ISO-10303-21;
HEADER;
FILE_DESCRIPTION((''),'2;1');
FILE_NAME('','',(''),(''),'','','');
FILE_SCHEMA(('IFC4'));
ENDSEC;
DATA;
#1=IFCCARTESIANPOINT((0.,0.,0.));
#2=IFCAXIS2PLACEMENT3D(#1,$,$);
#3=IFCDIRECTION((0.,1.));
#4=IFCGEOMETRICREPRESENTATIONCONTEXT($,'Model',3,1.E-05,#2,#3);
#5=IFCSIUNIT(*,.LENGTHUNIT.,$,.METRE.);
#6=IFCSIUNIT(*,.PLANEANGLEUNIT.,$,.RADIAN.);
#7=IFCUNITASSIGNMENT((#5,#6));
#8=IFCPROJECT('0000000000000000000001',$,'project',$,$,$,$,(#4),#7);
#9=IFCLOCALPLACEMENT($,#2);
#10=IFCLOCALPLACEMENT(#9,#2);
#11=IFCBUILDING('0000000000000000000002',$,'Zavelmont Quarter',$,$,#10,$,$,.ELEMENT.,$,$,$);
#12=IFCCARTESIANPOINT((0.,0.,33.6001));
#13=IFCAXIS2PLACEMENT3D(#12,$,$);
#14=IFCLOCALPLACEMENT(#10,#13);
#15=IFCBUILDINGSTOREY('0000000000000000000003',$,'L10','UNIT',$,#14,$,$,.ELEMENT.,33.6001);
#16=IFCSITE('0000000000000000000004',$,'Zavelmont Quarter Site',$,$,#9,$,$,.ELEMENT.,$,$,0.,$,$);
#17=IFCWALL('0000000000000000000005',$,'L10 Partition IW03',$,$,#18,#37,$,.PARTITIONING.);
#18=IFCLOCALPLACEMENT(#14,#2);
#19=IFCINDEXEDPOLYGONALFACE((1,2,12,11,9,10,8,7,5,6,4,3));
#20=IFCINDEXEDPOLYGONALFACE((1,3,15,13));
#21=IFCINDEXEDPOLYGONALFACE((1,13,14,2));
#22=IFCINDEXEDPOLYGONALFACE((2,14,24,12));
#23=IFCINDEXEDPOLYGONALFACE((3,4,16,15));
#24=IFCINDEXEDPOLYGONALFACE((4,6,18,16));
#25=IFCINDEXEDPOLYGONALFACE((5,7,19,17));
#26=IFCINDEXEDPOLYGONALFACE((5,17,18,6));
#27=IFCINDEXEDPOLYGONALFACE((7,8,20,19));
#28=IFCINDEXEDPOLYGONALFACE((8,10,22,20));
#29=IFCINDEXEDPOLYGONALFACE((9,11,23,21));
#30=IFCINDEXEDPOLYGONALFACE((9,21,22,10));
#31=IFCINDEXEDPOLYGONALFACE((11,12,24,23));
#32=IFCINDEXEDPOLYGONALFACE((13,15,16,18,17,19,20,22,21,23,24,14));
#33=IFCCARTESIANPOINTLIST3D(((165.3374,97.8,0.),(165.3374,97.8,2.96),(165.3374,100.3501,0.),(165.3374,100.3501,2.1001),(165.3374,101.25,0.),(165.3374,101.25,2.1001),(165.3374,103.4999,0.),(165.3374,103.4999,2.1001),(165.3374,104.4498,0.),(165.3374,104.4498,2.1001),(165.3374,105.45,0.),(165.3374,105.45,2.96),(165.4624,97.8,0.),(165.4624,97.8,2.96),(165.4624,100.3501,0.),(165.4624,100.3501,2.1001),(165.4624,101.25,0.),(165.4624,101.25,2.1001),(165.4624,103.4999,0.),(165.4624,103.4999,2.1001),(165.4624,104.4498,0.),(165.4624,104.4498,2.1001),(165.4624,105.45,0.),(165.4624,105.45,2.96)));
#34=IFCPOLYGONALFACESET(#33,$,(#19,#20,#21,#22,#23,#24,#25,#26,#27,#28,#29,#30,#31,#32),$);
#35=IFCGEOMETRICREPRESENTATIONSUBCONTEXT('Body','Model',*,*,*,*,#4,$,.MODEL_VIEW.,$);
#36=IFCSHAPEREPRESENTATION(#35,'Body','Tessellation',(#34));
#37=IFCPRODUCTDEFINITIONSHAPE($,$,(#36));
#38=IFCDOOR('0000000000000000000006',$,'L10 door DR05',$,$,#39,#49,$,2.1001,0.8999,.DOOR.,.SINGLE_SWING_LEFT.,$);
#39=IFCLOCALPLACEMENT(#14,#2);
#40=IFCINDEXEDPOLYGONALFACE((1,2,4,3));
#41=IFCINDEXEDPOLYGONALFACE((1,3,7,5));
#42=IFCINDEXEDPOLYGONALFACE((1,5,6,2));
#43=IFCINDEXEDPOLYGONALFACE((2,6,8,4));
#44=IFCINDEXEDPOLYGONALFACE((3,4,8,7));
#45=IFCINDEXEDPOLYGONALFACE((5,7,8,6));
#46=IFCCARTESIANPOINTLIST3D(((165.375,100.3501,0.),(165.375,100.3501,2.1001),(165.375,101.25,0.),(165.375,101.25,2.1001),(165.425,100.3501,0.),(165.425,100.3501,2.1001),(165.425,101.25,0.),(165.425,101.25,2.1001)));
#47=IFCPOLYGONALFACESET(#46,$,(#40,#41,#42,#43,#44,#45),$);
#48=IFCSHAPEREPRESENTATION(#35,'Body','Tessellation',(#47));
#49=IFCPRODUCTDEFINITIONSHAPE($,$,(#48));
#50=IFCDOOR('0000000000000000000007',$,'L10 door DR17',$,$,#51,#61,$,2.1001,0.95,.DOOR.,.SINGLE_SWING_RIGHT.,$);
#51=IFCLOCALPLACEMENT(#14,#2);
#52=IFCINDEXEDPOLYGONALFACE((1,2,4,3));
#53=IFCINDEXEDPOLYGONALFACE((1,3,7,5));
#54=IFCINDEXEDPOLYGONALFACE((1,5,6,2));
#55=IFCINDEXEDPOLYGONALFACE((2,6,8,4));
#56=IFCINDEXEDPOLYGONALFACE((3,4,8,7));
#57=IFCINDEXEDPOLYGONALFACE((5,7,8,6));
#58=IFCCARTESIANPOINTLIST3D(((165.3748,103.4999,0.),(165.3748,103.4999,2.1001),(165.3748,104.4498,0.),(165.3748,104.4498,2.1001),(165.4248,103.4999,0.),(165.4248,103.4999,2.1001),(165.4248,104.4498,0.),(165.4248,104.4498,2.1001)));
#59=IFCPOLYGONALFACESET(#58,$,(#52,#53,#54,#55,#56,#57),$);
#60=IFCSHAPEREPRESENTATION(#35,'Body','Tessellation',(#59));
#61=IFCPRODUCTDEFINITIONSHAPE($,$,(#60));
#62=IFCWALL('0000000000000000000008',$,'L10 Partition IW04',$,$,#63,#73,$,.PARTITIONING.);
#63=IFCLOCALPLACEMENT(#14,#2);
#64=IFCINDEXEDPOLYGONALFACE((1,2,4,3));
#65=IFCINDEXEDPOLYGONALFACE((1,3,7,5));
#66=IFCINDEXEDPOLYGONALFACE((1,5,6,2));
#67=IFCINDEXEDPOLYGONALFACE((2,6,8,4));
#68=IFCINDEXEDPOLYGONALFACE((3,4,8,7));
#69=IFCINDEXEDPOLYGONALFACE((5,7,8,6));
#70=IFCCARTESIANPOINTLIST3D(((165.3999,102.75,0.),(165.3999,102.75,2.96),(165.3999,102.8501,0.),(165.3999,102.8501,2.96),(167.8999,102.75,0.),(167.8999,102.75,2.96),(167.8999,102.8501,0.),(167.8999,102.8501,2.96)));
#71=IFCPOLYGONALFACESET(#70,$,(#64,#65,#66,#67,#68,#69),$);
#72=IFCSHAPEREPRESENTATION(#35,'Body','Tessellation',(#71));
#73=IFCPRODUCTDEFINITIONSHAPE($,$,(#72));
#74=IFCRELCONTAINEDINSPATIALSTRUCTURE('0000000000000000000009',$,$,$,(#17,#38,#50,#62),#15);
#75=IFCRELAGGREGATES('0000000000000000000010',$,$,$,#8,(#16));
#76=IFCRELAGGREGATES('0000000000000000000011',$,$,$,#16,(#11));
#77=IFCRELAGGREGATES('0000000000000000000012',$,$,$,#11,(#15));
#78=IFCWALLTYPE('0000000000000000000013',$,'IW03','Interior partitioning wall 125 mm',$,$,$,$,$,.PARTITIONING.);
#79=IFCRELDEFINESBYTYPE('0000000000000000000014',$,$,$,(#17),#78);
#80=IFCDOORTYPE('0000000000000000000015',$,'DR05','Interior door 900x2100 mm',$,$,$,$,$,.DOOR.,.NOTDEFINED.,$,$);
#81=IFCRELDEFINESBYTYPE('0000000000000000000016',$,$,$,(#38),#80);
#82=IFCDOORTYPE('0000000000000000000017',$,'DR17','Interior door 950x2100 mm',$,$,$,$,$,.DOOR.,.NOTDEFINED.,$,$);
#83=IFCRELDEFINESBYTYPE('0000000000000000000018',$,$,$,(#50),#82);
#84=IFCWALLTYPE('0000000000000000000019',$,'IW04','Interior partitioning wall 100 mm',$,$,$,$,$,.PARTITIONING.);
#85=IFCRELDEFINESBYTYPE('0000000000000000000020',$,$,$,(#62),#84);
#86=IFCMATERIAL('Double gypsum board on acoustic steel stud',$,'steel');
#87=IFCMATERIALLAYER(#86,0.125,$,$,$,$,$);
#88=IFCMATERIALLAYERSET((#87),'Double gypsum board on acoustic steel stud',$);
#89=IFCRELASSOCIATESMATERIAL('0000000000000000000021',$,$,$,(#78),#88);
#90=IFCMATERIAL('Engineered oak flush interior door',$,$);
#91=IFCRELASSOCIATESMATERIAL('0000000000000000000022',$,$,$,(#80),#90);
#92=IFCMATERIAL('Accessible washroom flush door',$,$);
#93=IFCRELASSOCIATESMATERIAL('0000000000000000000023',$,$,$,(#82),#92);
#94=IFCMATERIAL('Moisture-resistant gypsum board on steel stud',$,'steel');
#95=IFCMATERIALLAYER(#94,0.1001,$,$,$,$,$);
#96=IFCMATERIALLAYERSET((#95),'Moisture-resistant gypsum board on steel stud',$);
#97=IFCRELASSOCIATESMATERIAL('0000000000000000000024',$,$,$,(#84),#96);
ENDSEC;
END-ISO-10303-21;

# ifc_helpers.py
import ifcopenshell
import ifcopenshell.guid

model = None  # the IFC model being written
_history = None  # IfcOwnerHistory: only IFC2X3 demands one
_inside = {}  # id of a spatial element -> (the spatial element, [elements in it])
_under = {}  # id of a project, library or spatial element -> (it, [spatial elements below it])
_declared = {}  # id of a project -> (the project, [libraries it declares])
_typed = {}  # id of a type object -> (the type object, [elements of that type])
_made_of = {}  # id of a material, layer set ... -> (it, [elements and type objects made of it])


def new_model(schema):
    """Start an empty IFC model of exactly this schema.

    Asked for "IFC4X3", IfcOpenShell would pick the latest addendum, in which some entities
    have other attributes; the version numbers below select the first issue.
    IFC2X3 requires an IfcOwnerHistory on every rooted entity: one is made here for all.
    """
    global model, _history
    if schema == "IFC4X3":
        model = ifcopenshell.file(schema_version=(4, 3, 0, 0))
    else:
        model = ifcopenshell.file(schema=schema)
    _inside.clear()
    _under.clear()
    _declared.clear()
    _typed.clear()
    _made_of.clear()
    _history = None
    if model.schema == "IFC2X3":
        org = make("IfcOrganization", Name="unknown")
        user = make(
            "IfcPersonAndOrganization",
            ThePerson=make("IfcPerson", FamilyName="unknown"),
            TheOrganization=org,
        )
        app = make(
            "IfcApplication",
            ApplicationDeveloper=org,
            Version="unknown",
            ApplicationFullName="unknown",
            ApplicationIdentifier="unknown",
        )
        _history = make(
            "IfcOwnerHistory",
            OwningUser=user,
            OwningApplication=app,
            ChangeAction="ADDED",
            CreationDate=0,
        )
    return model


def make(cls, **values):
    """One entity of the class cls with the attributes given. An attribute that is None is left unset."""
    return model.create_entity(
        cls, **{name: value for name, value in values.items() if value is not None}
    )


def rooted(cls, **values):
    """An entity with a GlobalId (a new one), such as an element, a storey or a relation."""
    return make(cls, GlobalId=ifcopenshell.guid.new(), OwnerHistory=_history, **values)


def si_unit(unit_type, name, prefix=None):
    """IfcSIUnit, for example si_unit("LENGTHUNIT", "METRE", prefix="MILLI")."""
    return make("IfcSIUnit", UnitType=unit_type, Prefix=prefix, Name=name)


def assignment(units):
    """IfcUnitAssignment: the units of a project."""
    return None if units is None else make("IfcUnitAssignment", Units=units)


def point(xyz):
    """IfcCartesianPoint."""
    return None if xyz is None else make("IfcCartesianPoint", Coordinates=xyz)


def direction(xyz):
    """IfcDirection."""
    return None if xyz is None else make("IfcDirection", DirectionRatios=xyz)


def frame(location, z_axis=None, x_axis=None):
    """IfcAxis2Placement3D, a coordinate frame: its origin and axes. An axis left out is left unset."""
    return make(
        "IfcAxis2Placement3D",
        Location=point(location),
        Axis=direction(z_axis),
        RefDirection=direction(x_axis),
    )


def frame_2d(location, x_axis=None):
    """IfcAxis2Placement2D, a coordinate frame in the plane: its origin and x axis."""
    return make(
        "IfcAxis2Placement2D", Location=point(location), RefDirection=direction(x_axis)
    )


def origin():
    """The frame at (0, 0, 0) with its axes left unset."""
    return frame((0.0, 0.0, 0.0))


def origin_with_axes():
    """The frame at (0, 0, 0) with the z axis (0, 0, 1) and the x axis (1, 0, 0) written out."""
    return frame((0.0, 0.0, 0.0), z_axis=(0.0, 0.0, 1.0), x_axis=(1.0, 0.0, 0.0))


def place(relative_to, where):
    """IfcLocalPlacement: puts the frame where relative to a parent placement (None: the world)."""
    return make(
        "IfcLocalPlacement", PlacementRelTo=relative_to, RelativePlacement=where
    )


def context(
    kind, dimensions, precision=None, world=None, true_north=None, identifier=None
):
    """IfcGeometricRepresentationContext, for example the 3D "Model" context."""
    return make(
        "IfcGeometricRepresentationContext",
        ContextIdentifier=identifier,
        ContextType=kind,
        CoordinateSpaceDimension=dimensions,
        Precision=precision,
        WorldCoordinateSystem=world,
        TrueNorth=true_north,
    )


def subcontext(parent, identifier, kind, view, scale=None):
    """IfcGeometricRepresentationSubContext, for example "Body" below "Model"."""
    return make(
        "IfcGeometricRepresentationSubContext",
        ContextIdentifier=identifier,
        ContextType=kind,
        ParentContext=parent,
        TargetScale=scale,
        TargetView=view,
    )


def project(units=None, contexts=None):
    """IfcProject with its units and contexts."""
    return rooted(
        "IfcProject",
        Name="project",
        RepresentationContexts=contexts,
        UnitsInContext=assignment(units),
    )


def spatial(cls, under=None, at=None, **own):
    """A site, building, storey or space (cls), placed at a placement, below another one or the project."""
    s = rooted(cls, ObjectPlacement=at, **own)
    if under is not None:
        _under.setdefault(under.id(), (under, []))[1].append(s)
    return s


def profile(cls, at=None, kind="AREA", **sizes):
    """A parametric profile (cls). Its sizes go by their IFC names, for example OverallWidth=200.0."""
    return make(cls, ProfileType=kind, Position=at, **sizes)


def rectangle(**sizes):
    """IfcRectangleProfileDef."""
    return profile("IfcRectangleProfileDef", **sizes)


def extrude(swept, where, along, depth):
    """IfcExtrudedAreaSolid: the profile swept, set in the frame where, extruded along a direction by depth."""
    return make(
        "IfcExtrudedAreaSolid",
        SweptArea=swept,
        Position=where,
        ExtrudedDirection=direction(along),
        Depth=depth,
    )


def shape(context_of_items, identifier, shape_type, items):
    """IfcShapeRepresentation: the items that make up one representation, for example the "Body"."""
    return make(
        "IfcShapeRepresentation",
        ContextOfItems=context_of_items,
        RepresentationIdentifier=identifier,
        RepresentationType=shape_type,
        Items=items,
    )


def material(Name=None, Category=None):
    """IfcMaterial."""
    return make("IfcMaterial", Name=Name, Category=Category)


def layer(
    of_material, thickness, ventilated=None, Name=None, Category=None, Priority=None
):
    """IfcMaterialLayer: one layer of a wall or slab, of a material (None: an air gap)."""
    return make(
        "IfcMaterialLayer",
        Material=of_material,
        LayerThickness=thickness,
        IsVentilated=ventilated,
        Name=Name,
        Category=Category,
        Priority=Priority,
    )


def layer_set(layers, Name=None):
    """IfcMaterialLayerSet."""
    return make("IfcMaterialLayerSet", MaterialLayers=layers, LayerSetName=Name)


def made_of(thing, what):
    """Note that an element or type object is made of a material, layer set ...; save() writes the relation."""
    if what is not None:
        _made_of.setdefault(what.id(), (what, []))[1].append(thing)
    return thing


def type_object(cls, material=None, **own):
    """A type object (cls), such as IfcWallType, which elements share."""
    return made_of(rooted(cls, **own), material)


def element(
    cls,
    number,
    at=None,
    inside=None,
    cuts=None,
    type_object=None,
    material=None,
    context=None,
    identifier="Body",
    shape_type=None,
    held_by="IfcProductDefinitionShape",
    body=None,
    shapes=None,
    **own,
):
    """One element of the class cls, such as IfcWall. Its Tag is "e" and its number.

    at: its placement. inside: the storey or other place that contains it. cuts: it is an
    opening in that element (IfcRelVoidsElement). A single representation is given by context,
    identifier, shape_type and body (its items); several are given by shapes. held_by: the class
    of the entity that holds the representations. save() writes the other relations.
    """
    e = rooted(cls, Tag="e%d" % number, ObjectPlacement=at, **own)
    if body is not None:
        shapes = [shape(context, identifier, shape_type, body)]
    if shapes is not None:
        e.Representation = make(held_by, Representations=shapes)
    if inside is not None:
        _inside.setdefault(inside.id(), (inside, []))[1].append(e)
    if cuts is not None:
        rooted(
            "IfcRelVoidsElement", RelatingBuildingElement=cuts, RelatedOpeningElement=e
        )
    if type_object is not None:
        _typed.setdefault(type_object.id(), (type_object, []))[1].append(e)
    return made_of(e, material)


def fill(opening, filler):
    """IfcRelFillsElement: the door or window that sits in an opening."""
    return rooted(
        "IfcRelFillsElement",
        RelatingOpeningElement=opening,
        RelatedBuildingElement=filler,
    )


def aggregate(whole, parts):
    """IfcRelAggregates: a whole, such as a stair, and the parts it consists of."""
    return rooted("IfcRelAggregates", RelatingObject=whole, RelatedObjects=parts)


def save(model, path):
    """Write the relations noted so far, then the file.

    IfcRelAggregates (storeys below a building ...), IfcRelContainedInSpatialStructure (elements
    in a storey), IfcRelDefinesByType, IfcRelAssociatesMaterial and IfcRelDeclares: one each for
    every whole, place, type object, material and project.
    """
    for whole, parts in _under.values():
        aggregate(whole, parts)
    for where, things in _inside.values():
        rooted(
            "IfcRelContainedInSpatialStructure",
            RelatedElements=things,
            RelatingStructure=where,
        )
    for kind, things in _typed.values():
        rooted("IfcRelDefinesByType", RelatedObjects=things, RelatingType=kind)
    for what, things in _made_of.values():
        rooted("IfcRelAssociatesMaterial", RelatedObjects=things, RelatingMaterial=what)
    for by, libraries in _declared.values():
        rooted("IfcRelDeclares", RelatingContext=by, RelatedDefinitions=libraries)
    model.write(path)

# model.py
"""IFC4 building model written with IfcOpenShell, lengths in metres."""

from ifc_helpers import new_model, si_unit, direction, frame, frame_2d, origin, origin_with_axes, place, context, subcontext, project, spatial, rectangle, extrude, material, layer, layer_set, type_object, element, fill, save


model = new_model("IFC4")

# Units and contexts
model_context = context("Model", 3, precision=1e-05, world=origin(), true_north=direction((0.0, 1.0)))
body_context = subcontext(model_context, "Body", "Model", "MODEL_VIEW")
ifc_project = project(units=[si_unit("LENGTHUNIT", "METRE"), si_unit("PLANEANGLEUNIT", "RADIAN")], contexts=[model_context])

# Site, building, storey
site_placement = place(None, origin())
site = spatial("IfcSite", under=ifc_project, at=site_placement, Name="Zavelmont Quarter Site", CompositionType="ELEMENT", RefElevation=0.0)
building_placement = place(site_placement, origin())
building = spatial("IfcBuilding", under=site, at=building_placement, Name="Zavelmont Quarter", CompositionType="ELEMENT")
storey_placement = place(building_placement, frame((0.0, 0.0, 33.6001)))
storey = spatial("IfcBuildingStorey", under=building, at=storey_placement, Name="L10", Description="UNIT", CompositionType="ELEMENT", Elevation=33.6001)

# Wall, openings, doors
ifc_material_1 = material(Name="Double gypsum board on acoustic steel stud", Category="steel")
ifc_layer_1 = layer(ifc_material_1, 0.125)
ifc_layer_set_1 = layer_set([ifc_layer_1], Name="Double gypsum board on acoustic steel stud")
wall_type_1 = type_object("IfcWallType", Name="IW03", Description="Interior partitioning wall 125 mm", PredefinedType="PARTITIONING", material=ifc_layer_set_1)
wall_1_placement = place(storey_placement, frame((165.3999, 105.45, 0.0), z_axis=(0.0, 0.0, 1.0), x_axis=(0.0, -1.0, 0.0)))
wall_1 = element("IfcWall", 1, at=wall_1_placement, inside=storey, type_object=wall_type_1, Name="L10 Partition IW03", PredefinedType="PARTITIONING", context=body_context, shape_type="SweptSolid", body=[
    extrude(rectangle(XDim=7.6499, YDim=0.125, at=frame_2d((3.825, 0.0))), origin(), (0.0, 0.0, 1.0), 2.96),
])
opening_1_placement = place(wall_1_placement, frame((1.0, 0.0, 0.0)))
opening_1 = element("IfcOpeningElement", 2, at=opening_1_placement, cuts=wall_1, PredefinedType="OPENING", context=body_context, shape_type="SweptSolid", body=[
    extrude(rectangle(XDim=0.95, YDim=2.1001, at=frame_2d((0.4751, 1.05))), frame((0.0, 0.0745, 0.0), z_axis=(0.0, -1.0, 0.0), x_axis=(1.0, 0.0, 0.0)), (0.0, 0.0, 1.0), 0.1489),
])
opening_2_placement = place(wall_1_placement, frame((4.2, 0.0, 0.0)))
opening_2 = element("IfcOpeningElement", 3, at=opening_2_placement, cuts=wall_1, PredefinedType="OPENING", context=body_context, shape_type="SweptSolid", body=[
    extrude(rectangle(XDim=0.8999, YDim=2.1001, at=frame_2d((0.45, 1.05))), frame((0.0, 0.0745, 0.0), z_axis=(0.0, -1.0, 0.0), x_axis=(1.0, 0.0, 0.0)), (0.0, 0.0, 1.0), 0.1489),
])
ifc_material_2 = material(Name="Engineered oak flush interior door")
door_type_1 = type_object("IfcDoorType", Name="DR05", Description="Interior door 900x2100 mm", OperationType="NOTDEFINED", PredefinedType="DOOR", material=ifc_material_2)
door_1_placement = place(opening_2_placement, frame((0.8999, 0.0, 0.0), z_axis=(0.0, 0.0, 1.0), x_axis=(-1.0, 0.0, 0.0)))
door_1 = element("IfcDoor", 4, at=door_1_placement, inside=storey, type_object=door_type_1, Name="L10 door DR05", OperationType="SINGLE_SWING_LEFT", OverallHeight=2.1001, OverallWidth=0.8999, PredefinedType="DOOR", context=body_context, shape_type="SweptSolid", body=[
    extrude(rectangle(XDim=0.8999, YDim=2.1001, at=frame_2d((0.45, 1.05))), frame((0.0, 0.0249, 0.0), z_axis=(0.0, -1.0, 0.0), x_axis=(1.0, 0.0, 0.0)), (0.0, 0.0, 1.0), 0.05),
])
fill(opening_2, door_1)
ifc_material_3 = material(Name="Accessible washroom flush door")
door_type_2 = type_object("IfcDoorType", Name="DR17", Description="Interior door 950x2100 mm", OperationType="NOTDEFINED", PredefinedType="DOOR", material=ifc_material_3)
door_2_placement = place(opening_1_placement, origin_with_axes())
door_2 = element("IfcDoor", 5, at=door_2_placement, inside=storey, type_object=door_type_2, Name="L10 door DR17", OperationType="SINGLE_SWING_RIGHT", OverallHeight=2.1001, OverallWidth=0.95, PredefinedType="DOOR", context=body_context, shape_type="SweptSolid", body=[
    extrude(rectangle(XDim=0.95, YDim=2.1001, at=frame_2d((0.4751, 1.05))), frame((0.0, 0.0249, 0.0), z_axis=(0.0, -1.0, 0.0), x_axis=(1.0, 0.0, 0.0)), (0.0, 0.0, 1.0), 0.05),
])
fill(opening_1, door_2)

# Wall
ifc_material_4 = material(Name="Moisture-resistant gypsum board on steel stud", Category="steel")
ifc_layer_2 = layer(ifc_material_4, 0.1001)
ifc_layer_set_2 = layer_set([ifc_layer_2], Name="Moisture-resistant gypsum board on steel stud")
wall_type_2 = type_object("IfcWallType", Name="IW04", Description="Interior partitioning wall 100 mm", PredefinedType="PARTITIONING", material=ifc_layer_set_2)
wall_2_placement = place(storey_placement, frame((165.3999, 102.8, 0.0), z_axis=(0.0, 0.0, 1.0), x_axis=(1.0, 0.0, 0.0)))
element("IfcWall", 6, at=wall_2_placement, inside=storey, type_object=wall_type_2, Name="L10 Partition IW04", PredefinedType="PARTITIONING", context=body_context, shape_type="SweptSolid", body=[
    extrude(rectangle(XDim=2.5, YDim=0.1001, at=frame_2d((1.25, 0.0))), origin(), (0.0, 0.0, 1.0), 2.96),
])

save(model, "model.ifc")
